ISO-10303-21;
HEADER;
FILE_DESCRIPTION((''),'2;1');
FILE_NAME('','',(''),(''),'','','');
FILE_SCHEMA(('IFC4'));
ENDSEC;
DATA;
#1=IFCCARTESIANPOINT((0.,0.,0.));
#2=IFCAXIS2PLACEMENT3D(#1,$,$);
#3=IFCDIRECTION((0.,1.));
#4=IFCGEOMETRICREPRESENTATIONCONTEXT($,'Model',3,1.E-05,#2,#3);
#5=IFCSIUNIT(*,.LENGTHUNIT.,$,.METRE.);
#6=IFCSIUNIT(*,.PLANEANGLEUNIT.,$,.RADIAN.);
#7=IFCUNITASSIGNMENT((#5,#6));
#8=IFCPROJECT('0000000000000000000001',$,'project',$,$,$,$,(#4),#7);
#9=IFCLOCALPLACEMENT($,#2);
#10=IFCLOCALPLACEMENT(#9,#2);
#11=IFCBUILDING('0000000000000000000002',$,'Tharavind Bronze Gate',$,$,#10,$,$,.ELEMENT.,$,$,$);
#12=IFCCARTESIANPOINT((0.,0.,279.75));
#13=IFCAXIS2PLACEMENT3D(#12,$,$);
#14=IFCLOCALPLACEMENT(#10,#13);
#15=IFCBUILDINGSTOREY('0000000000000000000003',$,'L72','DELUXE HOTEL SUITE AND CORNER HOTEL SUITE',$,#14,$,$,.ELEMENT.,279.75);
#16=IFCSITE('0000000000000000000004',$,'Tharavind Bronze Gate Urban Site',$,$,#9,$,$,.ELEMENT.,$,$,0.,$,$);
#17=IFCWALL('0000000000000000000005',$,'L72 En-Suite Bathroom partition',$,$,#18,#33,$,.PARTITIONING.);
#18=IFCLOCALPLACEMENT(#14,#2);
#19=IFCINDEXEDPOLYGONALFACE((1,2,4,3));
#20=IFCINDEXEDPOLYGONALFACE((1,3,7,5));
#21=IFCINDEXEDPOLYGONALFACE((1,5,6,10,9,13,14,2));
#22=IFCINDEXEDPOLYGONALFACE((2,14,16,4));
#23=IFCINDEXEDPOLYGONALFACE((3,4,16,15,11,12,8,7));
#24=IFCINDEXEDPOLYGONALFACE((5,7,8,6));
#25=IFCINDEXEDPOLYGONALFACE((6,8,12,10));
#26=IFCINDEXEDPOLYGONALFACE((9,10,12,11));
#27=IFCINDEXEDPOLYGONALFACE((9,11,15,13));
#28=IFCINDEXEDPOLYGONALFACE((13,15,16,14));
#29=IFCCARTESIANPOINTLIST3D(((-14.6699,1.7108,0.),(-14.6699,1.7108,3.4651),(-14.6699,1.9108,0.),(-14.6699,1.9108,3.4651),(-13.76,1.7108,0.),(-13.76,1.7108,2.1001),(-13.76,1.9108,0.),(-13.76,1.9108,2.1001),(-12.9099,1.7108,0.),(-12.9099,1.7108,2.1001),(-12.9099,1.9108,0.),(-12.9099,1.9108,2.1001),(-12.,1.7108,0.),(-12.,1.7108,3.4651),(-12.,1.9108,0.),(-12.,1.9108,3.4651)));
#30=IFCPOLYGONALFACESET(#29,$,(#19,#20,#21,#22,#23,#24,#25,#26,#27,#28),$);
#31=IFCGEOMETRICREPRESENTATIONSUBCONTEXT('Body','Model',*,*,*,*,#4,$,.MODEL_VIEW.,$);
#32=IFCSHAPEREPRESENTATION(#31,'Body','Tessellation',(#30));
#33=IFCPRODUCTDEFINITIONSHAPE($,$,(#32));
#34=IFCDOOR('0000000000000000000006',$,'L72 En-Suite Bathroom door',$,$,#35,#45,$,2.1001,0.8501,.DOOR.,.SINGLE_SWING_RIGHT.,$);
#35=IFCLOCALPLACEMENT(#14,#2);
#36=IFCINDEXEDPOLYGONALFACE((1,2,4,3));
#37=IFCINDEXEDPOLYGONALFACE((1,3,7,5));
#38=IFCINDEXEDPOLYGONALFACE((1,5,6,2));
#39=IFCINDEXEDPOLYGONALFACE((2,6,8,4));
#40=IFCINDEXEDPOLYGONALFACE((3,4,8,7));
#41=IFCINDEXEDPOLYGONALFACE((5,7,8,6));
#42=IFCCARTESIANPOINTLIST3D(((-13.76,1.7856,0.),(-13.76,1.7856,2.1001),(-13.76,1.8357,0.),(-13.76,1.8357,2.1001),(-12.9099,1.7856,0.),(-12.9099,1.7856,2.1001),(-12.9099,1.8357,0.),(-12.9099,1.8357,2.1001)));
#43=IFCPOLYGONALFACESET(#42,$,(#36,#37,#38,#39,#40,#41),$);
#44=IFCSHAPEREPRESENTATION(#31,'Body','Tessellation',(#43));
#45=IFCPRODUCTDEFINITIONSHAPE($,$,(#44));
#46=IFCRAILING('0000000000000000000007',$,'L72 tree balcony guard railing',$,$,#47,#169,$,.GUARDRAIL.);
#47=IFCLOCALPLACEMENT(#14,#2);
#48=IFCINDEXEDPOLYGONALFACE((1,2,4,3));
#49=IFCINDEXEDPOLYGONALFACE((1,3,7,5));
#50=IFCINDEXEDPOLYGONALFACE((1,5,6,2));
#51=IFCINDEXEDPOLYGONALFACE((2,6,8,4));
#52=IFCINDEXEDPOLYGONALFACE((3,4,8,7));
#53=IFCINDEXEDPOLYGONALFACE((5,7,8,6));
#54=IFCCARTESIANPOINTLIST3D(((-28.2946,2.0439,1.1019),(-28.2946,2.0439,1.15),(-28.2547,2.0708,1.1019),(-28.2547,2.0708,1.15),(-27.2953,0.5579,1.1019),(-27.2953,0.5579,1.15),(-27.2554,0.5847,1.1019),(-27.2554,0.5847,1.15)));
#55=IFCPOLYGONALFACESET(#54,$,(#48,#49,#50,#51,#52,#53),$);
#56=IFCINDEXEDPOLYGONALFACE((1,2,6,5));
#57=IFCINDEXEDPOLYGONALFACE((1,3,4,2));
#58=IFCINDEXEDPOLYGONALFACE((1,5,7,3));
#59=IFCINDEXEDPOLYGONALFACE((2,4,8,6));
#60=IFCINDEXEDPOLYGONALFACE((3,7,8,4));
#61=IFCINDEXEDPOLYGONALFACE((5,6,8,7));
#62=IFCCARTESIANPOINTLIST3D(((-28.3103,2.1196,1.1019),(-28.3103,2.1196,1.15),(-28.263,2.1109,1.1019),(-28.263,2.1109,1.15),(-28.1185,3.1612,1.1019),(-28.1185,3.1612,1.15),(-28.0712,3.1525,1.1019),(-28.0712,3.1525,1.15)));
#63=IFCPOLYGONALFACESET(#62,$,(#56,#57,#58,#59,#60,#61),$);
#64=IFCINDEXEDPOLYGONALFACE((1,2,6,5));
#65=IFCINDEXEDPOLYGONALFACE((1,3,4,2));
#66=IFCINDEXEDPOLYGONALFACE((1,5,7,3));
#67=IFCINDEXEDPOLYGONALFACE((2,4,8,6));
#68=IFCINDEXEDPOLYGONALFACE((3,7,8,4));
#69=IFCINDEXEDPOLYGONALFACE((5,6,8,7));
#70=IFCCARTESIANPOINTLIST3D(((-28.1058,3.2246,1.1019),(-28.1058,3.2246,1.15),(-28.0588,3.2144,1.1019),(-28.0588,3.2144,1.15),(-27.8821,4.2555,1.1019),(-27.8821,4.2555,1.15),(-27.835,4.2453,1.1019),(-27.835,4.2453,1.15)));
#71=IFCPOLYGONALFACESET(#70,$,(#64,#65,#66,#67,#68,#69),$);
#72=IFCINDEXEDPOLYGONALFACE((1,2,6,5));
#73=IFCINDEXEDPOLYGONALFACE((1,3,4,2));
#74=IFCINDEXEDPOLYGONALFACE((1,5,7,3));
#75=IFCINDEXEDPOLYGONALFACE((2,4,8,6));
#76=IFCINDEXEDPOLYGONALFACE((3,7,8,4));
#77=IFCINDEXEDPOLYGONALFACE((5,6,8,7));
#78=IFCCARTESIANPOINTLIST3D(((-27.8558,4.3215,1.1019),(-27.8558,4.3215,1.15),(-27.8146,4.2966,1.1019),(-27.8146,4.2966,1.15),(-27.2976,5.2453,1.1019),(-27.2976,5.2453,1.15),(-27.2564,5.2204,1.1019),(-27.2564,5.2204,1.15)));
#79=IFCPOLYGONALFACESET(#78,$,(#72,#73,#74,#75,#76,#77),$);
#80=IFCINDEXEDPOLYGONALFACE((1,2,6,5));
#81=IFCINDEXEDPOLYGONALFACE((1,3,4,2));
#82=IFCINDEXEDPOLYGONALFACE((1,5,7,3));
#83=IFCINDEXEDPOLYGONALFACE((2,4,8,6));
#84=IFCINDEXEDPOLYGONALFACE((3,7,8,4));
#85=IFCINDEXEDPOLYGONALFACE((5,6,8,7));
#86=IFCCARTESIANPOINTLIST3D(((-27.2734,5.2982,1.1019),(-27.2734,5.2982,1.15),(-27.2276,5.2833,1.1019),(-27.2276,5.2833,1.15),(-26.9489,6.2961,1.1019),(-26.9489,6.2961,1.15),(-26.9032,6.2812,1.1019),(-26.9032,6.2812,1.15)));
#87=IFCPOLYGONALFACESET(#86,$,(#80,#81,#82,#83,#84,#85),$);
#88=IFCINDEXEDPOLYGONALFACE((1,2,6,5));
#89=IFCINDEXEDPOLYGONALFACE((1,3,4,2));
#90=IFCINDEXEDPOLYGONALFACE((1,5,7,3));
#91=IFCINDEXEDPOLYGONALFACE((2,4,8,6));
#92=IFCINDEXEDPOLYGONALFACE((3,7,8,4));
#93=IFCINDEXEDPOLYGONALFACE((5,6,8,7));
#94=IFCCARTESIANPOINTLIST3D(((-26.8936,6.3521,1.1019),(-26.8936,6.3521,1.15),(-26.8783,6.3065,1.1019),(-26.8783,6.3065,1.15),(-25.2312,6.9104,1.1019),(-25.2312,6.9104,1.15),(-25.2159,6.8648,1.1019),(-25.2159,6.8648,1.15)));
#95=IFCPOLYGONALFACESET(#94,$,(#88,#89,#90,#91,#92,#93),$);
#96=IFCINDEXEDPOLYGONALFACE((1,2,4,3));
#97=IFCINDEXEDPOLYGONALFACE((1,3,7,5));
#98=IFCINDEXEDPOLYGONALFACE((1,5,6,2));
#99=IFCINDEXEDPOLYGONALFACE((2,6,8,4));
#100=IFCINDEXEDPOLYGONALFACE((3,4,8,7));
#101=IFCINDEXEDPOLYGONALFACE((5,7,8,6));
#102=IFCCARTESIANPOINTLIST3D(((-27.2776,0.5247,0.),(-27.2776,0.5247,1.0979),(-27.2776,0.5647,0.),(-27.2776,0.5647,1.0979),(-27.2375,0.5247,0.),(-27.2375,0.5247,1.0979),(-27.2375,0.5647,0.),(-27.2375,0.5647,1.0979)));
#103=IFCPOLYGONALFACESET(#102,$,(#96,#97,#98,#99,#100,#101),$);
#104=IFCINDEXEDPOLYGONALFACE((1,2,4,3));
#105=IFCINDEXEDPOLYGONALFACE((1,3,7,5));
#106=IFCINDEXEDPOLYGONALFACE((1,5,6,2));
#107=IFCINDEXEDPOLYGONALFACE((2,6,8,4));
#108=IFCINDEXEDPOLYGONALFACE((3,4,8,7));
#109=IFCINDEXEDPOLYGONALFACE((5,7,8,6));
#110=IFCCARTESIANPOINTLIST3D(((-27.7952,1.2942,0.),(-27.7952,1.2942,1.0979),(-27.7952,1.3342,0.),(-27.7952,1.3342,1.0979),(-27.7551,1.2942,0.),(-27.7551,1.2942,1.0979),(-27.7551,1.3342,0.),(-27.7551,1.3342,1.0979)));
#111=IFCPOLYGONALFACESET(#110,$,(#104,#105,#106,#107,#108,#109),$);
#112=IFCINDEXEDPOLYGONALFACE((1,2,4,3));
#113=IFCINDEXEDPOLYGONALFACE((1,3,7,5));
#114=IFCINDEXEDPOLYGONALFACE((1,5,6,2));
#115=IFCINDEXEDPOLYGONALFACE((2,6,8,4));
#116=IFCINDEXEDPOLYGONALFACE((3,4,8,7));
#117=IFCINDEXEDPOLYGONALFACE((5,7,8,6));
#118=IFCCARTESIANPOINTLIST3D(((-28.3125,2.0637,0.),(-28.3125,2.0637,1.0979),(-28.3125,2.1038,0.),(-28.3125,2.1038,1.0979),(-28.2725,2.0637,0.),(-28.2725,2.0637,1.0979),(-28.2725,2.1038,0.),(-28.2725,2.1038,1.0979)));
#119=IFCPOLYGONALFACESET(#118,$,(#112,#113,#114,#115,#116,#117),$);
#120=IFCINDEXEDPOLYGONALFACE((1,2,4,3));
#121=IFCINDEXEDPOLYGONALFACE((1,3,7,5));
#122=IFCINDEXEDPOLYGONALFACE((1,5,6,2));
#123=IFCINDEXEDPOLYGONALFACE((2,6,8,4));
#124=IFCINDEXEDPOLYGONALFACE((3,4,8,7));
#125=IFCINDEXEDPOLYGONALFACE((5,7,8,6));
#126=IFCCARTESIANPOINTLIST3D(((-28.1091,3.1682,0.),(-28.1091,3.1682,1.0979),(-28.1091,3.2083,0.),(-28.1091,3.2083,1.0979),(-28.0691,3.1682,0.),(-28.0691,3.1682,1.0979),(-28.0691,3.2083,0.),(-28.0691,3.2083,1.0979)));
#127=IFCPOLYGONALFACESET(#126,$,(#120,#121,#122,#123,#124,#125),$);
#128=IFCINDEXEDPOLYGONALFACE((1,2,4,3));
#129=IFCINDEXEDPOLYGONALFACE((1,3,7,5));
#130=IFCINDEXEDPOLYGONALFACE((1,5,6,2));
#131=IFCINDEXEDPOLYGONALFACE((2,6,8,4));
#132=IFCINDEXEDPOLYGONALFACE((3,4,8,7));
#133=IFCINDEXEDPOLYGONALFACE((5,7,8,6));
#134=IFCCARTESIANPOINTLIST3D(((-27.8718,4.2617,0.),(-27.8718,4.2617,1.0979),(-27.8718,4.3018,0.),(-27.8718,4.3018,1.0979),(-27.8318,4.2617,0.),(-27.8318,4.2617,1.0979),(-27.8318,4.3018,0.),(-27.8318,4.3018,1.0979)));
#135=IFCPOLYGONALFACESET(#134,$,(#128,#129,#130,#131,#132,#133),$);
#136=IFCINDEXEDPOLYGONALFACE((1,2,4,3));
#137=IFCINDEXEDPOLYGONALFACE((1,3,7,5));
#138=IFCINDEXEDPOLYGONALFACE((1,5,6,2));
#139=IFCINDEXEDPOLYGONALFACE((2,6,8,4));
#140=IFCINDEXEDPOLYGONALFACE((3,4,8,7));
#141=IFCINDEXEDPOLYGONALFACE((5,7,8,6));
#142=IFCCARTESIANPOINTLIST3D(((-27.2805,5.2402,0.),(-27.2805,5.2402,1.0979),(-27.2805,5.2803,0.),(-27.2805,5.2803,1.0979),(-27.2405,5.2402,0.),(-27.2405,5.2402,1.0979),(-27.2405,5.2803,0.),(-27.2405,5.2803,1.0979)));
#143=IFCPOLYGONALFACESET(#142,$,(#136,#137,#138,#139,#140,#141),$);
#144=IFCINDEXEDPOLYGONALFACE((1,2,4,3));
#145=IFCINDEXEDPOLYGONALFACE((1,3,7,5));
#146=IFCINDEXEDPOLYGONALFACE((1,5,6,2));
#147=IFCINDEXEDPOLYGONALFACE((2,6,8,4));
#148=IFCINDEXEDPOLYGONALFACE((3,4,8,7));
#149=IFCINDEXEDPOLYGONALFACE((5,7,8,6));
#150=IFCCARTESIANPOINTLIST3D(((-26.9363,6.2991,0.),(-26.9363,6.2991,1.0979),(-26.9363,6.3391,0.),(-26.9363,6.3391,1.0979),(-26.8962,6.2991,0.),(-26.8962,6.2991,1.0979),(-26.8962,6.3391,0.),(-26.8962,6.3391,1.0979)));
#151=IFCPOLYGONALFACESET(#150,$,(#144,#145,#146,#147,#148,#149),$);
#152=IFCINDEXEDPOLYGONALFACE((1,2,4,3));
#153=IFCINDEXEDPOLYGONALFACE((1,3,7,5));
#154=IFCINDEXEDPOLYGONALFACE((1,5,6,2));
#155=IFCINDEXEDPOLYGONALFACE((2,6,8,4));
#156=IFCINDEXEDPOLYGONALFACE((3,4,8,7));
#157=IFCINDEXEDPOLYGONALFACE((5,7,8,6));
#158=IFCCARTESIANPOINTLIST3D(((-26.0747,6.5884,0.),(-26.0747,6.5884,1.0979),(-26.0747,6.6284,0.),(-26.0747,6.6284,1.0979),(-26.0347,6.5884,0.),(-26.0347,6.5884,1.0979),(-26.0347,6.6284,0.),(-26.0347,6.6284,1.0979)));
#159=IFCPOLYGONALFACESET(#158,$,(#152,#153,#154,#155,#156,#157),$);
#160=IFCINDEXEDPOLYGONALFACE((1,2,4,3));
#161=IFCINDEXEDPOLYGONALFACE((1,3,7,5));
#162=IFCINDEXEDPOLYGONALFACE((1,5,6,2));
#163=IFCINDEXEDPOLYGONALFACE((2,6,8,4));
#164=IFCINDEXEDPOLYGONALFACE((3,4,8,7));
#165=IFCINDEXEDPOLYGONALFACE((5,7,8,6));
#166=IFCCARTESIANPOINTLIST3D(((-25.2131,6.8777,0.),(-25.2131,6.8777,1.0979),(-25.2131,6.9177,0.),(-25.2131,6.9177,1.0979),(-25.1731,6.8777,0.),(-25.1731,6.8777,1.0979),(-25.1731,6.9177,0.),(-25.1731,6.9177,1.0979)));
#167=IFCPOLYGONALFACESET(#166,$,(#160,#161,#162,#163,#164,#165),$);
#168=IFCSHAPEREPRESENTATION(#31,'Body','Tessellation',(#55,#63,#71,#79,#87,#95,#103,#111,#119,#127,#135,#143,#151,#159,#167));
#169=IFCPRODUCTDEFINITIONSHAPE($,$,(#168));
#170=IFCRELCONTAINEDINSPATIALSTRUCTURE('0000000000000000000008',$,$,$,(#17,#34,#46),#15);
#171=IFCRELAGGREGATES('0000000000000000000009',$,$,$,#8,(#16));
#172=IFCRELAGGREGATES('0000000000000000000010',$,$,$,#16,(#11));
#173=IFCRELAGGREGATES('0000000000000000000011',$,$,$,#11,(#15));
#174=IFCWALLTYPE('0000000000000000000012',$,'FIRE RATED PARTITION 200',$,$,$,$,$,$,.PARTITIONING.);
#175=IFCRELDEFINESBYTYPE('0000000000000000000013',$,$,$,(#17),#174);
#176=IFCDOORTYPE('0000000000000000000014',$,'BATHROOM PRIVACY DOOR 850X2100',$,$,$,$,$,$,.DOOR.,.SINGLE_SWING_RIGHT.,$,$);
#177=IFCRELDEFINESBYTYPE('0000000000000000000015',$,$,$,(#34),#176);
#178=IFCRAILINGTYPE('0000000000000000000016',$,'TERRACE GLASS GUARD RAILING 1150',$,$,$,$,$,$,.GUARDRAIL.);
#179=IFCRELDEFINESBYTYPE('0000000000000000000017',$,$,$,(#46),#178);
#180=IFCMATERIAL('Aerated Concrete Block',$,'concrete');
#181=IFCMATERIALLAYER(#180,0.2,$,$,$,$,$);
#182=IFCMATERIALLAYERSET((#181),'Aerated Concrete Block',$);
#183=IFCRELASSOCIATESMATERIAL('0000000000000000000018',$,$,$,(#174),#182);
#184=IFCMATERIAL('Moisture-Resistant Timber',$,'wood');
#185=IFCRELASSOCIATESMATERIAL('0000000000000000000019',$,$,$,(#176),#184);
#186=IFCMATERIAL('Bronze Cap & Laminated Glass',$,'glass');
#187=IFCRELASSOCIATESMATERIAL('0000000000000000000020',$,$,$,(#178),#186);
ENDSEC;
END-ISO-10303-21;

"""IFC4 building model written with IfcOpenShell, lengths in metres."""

from ifc_helpers import new_model, si_unit, direction, frame, frame_2d, origin, origin_2d, place, context, subcontext, project, spatial, rectangle, extrude, material, layer, layer_set, type_object, element, fill, save


model = new_model("IFC4")

# Units and contexts
model_context = context("Model", 3, precision=1e-05, world=origin(), true_north=direction((0.0, 1.0)))
body_context = subcontext(model_context, "Body", "Model", "MODEL_VIEW")
ifc_project = project(units=[si_unit("LENGTHUNIT", "METRE"), si_unit("PLANEANGLEUNIT", "RADIAN")], contexts=[model_context])

# Site, building, storey
site_placement = place(None, origin())
site = spatial("IfcSite", under=ifc_project, at=site_placement, Name="Tharavind Bronze Gate Urban Site", CompositionType="ELEMENT", RefElevation=0.0)
building_placement = place(site_placement, origin())
building = spatial("IfcBuilding", under=site, at=building_placement, Name="Tharavind Bronze Gate", CompositionType="ELEMENT")
storey_placement = place(building_placement, frame((0.0, 0.0, 279.75)))
storey = spatial("IfcBuildingStorey", under=building, at=storey_placement, Name="L72", Description="DELUXE HOTEL SUITE AND CORNER HOTEL SUITE", CompositionType="ELEMENT", Elevation=279.75)

# Wall, opening, door
ifc_material_1 = material(Name="Aerated Concrete Block", Category="concrete")
ifc_layer_1 = layer(ifc_material_1, 0.2)
ifc_layer_set_1 = layer_set([ifc_layer_1], Name="Aerated Concrete Block")
wall_type_1 = type_object("IfcWallType", Name="FIRE RATED PARTITION 200", PredefinedType="PARTITIONING", material=ifc_layer_set_1)
wall_1_placement = place(storey_placement, frame((-14.6699, 1.8108, 0.0), z_axis=(0.0, 0.0, 1.0), x_axis=(1.0, 0.0, 0.0)))
wall_1 = element("IfcWall", 1, at=wall_1_placement, inside=storey, type_object=wall_type_1, Name="L72 En-Suite Bathroom partition", PredefinedType="PARTITIONING", context=body_context, shape_type="SweptSolid", body=[
    extrude(rectangle(XDim=2.6699, YDim=0.2, at=frame_2d((1.335, 0.0))), origin(), (0.0, 0.0, 1.0), 3.4651),
])
opening_1_placement = place(wall_1_placement, frame((0.9099, 0.0, 0.0)))
opening_1 = element("IfcOpeningElement", 2, at=opening_1_placement, cuts=wall_1, PredefinedType="OPENING", context=body_context, shape_type="SweptSolid", body=[
    extrude(rectangle(XDim=0.8501, YDim=2.1001, at=frame_2d((0.425, 1.05))), frame((0.0, 0.1101, 0.0), z_axis=(0.0, -1.0, 0.0), x_axis=(1.0, 0.0, 0.0)), (0.0, 0.0, 1.0), 0.22),
])
ifc_material_2 = material(Name="Moisture-Resistant Timber", Category="wood")
door_type_1 = type_object("IfcDoorType", Name="BATHROOM PRIVACY DOOR 850X2100", OperationType="SINGLE_SWING_RIGHT", PredefinedType="DOOR", material=ifc_material_2)
door_1_placement = place(opening_1_placement, origin())
door_1 = element("IfcDoor", 3, at=door_1_placement, inside=storey, type_object=door_type_1, Name="L72 En-Suite Bathroom door", OperationType="SINGLE_SWING_RIGHT", OverallHeight=2.1001, OverallWidth=0.8501, PredefinedType="DOOR", context=body_context, shape_type="SweptSolid", body=[
    extrude(rectangle(XDim=0.8501, YDim=2.1001, at=frame_2d((0.425, 1.05))), frame((0.0, 0.0249, 0.0), z_axis=(0.0, -1.0, 0.0), x_axis=(1.0, 0.0, 0.0)), (0.0, 0.0, 1.0), 0.05),
])
fill(opening_1, door_1)

# Railing
ifc_material_3 = material(Name="Bronze Cap & Laminated Glass", Category="glass")
railing_type = type_object("IfcRailingType", Name="TERRACE GLASS GUARD RAILING 1150", PredefinedType="GUARDRAIL", material=ifc_material_3)
railing_placement = place(storey_placement, frame((-27.2576, 0.5447, 0.0)))
element("IfcRailing", 4, at=railing_placement, inside=storey, type_object=railing_type, Name="L72 tree balcony guard railing", PredefinedType="GUARDRAIL", context=body_context, shape_type="SweptSolid", body=[
    extrude(rectangle(XDim=0.0481, YDim=0.0481, at=origin_2d()), frame((-0.0178, 0.0266, 1.126), z_axis=(-0.558007, 0.829836, 0.0), x_axis=(-0.829836, -0.558007, 0.0)), (0.0, 0.0, 1.0), 1.7908),
    extrude(rectangle(XDim=0.0481, YDim=0.0481, at=origin_2d()), frame((-1.0291, 1.5706, 1.126), z_axis=(0.181085, 0.983467, 0.0), x_axis=(-0.983467, 0.181085, 0.0)), (0.0, 0.0, 1.0), 1.0591),
    extrude(rectangle(XDim=0.0481, YDim=0.0481, at=origin_2d()), frame((-0.8247, 2.6748, 1.126), z_axis=(0.212076, 0.977253, 0.0), x_axis=(-0.977253, 0.212076, 0.0)), (0.0, 0.0, 1.0), 1.0549),
    extrude(rectangle(XDim=0.0481, YDim=0.0481, at=origin_2d()), frame((-0.5776, 3.7644, 1.126), z_axis=(0.517194, 0.855868, 0.0), x_axis=(-0.855868, 0.517194, 0.0)), (0.0, 0.0, 1.0), 1.0793),
    extrude(rectangle(XDim=0.0481, YDim=0.0481, at=origin_2d()), frame((0.0071, 4.7461, 1.126), z_axis=(0.30918, 0.951003, 0.0), x_axis=(-0.951003, 0.30918, 0.0)), (0.0, 0.0, 1.0), 1.0493),
    extrude(rectangle(XDim=0.0481, YDim=0.0481, at=origin_2d()), frame((0.3716, 5.7847, 1.126), z_axis=(0.947983, 0.318322, 0.0), x_axis=(-0.318322, 0.947983, 0.0)), (0.0, 0.0, 1.0), 1.7537),
    extrude(rectangle(XDim=0.04, YDim=0.04, at=origin_2d()), origin(), (0.0, 0.0, 1.0), 1.0979),
    extrude(rectangle(XDim=0.04, YDim=0.04, at=origin_2d()), frame((-0.5176, 0.7695, 0.0)), (0.0, 0.0, 1.0), 1.0979),
    extrude(rectangle(XDim=0.04, YDim=0.04, at=origin_2d()), frame((-1.0349, 1.5391, 0.0)), (0.0, 0.0, 1.0), 1.0979),
    extrude(rectangle(XDim=0.04, YDim=0.04, at=origin_2d()), frame((-0.8315, 2.6436, 0.0)), (0.0, 0.0, 1.0), 1.0979),
    extrude(rectangle(XDim=0.04, YDim=0.04, at=origin_2d()), frame((-0.5942, 3.7371, 0.0)), (0.0, 0.0, 1.0), 1.0979),
    extrude(rectangle(XDim=0.04, YDim=0.04, at=origin_2d()), frame((-0.0029, 4.7156, 0.0)), (0.0, 0.0, 1.0), 1.0979),
    extrude(rectangle(XDim=0.04, YDim=0.04, at=origin_2d()), frame((0.3413, 5.7744, 0.0)), (0.0, 0.0, 1.0), 1.0979),
    extrude(rectangle(XDim=0.04, YDim=0.04, at=origin_2d()), frame((1.2029, 6.0637, 0.0)), (0.0, 0.0, 1.0), 1.0979),
    extrude(rectangle(XDim=0.04, YDim=0.04, at=origin_2d()), frame((2.0645, 6.353, 0.0)), (0.0, 0.0, 1.0), 1.0979),
])

save(model, "model.ifc")
